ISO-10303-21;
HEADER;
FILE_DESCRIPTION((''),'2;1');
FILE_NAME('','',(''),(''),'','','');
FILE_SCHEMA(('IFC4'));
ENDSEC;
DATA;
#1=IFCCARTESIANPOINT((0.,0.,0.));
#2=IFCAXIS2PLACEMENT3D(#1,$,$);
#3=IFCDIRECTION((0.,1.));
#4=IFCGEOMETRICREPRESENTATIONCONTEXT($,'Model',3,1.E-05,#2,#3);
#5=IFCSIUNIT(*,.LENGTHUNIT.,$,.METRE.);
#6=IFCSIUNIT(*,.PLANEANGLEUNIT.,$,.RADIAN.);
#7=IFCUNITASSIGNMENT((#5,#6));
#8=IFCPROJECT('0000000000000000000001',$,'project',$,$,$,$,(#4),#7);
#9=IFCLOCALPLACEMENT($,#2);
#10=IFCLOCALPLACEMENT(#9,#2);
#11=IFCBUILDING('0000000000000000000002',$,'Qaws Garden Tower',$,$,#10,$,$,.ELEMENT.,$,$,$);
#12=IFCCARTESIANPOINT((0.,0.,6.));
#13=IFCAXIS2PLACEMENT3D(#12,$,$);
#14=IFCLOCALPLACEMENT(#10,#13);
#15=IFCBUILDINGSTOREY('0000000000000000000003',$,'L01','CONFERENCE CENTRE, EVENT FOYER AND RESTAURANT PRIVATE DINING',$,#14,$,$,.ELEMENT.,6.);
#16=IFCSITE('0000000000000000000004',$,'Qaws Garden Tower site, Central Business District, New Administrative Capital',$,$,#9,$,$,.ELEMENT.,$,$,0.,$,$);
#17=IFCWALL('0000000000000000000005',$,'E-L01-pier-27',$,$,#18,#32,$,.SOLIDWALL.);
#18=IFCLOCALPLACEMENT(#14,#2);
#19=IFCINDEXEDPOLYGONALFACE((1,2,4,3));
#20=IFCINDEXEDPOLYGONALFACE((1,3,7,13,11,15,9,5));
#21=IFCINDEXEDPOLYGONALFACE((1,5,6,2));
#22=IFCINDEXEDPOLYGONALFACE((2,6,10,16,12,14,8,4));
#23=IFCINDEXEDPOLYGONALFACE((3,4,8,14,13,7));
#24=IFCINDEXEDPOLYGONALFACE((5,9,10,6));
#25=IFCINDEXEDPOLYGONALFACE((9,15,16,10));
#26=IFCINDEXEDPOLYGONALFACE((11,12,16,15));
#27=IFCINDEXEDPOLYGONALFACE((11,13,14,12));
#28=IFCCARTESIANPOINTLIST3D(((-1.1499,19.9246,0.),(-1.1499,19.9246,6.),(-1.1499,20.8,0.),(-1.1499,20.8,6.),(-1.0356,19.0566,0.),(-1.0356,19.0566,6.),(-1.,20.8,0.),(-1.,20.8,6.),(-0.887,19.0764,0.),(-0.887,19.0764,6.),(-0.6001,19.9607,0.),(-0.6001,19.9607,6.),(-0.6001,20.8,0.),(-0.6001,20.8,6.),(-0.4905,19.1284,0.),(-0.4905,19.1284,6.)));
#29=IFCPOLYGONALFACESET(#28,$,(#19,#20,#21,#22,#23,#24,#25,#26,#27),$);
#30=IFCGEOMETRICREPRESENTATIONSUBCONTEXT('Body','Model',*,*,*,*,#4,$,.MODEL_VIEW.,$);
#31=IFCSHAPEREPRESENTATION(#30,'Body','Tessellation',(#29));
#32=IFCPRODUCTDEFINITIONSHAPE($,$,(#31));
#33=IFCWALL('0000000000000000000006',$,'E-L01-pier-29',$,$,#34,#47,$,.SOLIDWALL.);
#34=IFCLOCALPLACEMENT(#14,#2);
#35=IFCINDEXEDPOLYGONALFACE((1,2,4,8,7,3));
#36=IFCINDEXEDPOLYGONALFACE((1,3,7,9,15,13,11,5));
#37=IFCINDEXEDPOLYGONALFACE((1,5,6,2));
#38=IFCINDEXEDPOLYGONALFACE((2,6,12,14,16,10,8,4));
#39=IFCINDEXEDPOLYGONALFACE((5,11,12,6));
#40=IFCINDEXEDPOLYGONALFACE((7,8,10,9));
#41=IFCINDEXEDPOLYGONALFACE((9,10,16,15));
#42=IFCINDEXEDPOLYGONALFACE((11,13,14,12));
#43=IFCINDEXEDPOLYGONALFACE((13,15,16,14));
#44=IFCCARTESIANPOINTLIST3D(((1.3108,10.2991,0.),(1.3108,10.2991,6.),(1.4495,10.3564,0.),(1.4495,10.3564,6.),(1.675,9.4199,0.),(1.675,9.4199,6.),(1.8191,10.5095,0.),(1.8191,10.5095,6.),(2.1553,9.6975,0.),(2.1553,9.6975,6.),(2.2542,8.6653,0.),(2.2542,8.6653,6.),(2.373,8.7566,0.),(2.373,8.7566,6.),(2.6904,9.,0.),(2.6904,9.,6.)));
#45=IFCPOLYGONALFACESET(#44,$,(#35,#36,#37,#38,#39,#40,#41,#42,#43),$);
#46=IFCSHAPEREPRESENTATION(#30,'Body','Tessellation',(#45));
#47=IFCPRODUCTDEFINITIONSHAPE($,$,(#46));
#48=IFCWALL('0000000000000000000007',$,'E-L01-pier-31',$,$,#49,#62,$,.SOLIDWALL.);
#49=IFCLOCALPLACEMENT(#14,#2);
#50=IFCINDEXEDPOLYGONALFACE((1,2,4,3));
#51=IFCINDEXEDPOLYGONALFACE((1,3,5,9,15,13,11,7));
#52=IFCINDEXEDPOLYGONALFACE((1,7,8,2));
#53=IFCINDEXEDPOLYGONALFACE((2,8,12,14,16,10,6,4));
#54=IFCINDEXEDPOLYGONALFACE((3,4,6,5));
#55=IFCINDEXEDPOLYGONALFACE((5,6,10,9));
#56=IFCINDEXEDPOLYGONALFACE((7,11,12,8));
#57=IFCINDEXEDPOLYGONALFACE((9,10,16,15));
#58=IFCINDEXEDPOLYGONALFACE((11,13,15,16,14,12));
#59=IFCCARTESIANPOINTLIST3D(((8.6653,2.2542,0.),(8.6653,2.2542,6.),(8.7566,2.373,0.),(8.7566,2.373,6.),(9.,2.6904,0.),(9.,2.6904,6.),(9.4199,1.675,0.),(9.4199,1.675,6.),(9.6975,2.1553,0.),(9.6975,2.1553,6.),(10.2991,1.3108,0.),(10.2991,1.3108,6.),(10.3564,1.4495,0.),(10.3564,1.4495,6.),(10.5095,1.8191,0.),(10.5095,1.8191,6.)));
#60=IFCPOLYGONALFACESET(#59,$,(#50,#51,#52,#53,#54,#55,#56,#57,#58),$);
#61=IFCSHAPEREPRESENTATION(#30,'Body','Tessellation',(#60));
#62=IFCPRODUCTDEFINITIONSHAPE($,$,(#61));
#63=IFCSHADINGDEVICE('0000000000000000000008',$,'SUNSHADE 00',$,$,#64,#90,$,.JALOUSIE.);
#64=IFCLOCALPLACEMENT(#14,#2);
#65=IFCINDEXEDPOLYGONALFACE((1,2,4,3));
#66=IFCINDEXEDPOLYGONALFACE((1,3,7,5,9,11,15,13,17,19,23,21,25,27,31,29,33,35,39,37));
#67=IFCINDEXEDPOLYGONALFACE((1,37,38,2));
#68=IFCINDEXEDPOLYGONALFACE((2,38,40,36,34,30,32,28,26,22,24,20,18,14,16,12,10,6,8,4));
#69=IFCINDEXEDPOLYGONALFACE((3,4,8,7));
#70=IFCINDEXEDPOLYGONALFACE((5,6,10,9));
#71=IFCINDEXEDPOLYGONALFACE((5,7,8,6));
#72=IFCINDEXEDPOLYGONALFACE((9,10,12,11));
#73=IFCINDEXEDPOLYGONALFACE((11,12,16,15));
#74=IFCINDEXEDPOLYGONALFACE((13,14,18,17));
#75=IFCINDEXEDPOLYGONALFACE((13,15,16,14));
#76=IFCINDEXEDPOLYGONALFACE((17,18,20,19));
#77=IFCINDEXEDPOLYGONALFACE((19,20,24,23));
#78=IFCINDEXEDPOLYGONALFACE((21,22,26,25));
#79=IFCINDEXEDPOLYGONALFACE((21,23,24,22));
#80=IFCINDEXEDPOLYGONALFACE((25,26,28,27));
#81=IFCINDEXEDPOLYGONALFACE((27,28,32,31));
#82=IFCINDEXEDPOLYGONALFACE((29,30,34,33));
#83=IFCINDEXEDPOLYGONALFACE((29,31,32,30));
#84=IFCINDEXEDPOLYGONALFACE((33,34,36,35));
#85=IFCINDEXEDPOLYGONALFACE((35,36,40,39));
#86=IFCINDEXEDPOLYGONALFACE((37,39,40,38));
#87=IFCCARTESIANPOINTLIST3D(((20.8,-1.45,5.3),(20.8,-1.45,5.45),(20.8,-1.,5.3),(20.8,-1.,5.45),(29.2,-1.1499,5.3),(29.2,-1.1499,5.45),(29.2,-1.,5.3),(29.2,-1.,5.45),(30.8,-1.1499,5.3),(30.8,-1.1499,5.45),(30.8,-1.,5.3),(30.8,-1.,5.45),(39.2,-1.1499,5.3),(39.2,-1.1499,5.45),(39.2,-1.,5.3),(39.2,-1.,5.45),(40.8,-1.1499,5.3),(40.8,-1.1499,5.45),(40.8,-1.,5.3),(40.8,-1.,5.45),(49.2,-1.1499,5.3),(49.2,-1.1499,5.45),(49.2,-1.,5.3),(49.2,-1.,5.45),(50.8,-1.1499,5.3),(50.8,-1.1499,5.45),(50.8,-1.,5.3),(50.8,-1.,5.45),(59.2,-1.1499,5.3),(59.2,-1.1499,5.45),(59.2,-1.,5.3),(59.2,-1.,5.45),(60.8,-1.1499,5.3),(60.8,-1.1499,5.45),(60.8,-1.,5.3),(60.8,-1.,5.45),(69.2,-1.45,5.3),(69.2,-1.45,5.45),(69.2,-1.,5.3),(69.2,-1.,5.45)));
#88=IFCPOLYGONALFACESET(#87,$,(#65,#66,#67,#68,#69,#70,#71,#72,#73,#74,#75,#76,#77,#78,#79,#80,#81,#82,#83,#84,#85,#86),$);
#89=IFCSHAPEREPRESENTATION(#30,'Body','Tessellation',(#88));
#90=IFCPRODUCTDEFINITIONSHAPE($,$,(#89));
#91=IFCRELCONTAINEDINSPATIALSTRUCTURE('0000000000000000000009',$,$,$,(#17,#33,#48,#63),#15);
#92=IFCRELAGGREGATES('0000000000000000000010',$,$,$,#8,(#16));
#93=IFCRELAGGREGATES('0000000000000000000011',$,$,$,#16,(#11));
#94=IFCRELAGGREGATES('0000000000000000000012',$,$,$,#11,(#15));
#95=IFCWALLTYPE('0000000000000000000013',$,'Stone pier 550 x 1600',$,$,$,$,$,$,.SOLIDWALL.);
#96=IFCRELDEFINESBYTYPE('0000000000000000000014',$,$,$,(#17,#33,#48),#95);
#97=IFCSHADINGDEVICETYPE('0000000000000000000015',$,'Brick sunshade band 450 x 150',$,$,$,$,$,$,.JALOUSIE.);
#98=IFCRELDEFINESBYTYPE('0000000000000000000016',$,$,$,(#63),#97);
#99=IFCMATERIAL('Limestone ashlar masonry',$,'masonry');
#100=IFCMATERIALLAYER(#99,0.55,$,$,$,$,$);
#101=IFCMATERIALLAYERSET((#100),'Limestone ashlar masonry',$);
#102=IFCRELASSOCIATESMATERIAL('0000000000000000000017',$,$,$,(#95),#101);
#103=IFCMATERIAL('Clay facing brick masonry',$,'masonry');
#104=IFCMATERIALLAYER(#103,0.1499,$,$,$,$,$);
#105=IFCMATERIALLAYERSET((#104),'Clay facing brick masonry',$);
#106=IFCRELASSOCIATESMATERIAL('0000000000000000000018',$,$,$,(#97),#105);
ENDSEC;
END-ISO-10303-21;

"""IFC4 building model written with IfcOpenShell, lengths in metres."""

from ifc_helpers import new_model, si_unit, direction, frame, origin, place, context, subcontext, project, spatial, polyline, outline, extrude, material, layer, layer_set, type_object, element, save


model = new_model("IFC4")

# Units and contexts
model_context = context("Model", 3, precision=1e-05, world=origin(), true_north=direction((0.0, 1.0)))
body_context = subcontext(model_context, "Body", "Model", "MODEL_VIEW")
ifc_project = project(units=[si_unit("LENGTHUNIT", "METRE"), si_unit("PLANEANGLEUNIT", "RADIAN")], contexts=[model_context])

# Site, building, storey
site_placement = place(None, origin())
site = spatial("IfcSite", under=ifc_project, at=site_placement, Name="Qaws Garden Tower site, Central Business District, New Administrative Capital", CompositionType="ELEMENT", RefElevation=0.0)
building_placement = place(site_placement, origin())
building = spatial("IfcBuilding", under=site, at=building_placement, Name="Qaws Garden Tower", CompositionType="ELEMENT")
storey_placement = place(building_placement, frame((0.0, 0.0, 6.0)))
storey = spatial("IfcBuildingStorey", under=building, at=storey_placement, Name="L01", Description="CONFERENCE CENTRE, EVENT FOYER AND RESTAURANT PRIVATE DINING", CompositionType="ELEMENT", Elevation=6.0)

# Shared definitions
placement_1 = place(storey_placement, origin())

# Walls
ifc_material_1 = material(Name="Limestone ashlar masonry", Category="masonry")
ifc_layer_1 = layer(ifc_material_1, 0.55)
ifc_layer_set_1 = layer_set([ifc_layer_1], Name="Limestone ashlar masonry")
wall_type_1 = type_object("IfcWallType", Name="Stone pier 550 x 1600", PredefinedType="SOLIDWALL", material=ifc_layer_set_1)
element("IfcWall", 1, at=placement_1, inside=storey, type_object=wall_type_1, Name="E-L01-pier-27", PredefinedType="SOLIDWALL", context=body_context, shape_type="SweptSolid", body=[
    extrude(outline(polyline([(-1.0, 20.8), (-1.1499, 20.8), (-1.1499, 19.9246), (-1.0356, 19.0566), (-0.887, 19.0764), (-0.4905, 19.1284), (-0.6001, 19.9607), (-0.6001, 20.8), (-1.0, 20.8)])), origin(), (0.0, 0.0, 1.0), 6.0),
])
element("IfcWall", 2, at=placement_1, inside=storey, type_object=wall_type_1, Name="E-L01-pier-29", PredefinedType="SOLIDWALL", context=body_context, shape_type="SweptSolid", body=[
    extrude(outline(polyline([(1.4495, 10.3564), (1.3108, 10.2991), (1.675, 9.4199), (2.2542, 8.6653), (2.373, 8.7566), (2.6904, 9.0), (2.1553, 9.6975), (1.8191, 10.5095), (1.4495, 10.3564)])), origin(), (0.0, 0.0, 1.0), 6.0),
])
element("IfcWall", 3, at=placement_1, inside=storey, type_object=wall_type_1, Name="E-L01-pier-31", PredefinedType="SOLIDWALL", context=body_context, shape_type="SweptSolid", body=[
    extrude(outline(polyline([(8.7566, 2.373), (8.6653, 2.2542), (9.4199, 1.675), (10.2991, 1.3108), (10.3564, 1.4495), (10.5095, 1.8191), (9.6975, 2.1553), (9.0, 2.6904), (8.7566, 2.373)])), origin(), (0.0, 0.0, 1.0), 6.0),
])

# Shading device
ifc_material_2 = material(Name="Clay facing brick masonry", Category="masonry")
ifc_layer_2 = layer(ifc_material_2, 0.1499)
ifc_layer_set_2 = layer_set([ifc_layer_2], Name="Clay facing brick masonry")
shading_device_type = type_object("IfcShadingDeviceType", Name="Brick sunshade band 450 x 150", PredefinedType="JALOUSIE", material=ifc_layer_set_2)
shading_device_placement = place(storey_placement, frame((0.0, 0.0, 5.3)))
element("IfcShadingDevice", 4, at=shading_device_placement, inside=storey, type_object=shading_device_type, Name="SUNSHADE 00", PredefinedType="JALOUSIE", context=body_context, shape_type="SweptSolid", body=[
    extrude(outline(polyline([(20.8, -1.0), (20.8, -1.45), (69.2, -1.45), (69.2, -1.0), (60.8, -1.0), (60.8, -1.1499), (59.2, -1.1499), (59.2, -1.0), (50.8, -1.0), (50.8, -1.1499), (49.2, -1.1499), (49.2, -1.0), (40.8, -1.0), (40.8, -1.1499), (39.2, -1.1499), (39.2, -1.0), (30.8, -1.0), (30.8, -1.1499), (29.2, -1.1499), (29.2, -1.0), (20.8, -1.0)])), origin(), (0.0, 0.0, 1.0), 0.1499),
])

save(model, "model.ifc")
